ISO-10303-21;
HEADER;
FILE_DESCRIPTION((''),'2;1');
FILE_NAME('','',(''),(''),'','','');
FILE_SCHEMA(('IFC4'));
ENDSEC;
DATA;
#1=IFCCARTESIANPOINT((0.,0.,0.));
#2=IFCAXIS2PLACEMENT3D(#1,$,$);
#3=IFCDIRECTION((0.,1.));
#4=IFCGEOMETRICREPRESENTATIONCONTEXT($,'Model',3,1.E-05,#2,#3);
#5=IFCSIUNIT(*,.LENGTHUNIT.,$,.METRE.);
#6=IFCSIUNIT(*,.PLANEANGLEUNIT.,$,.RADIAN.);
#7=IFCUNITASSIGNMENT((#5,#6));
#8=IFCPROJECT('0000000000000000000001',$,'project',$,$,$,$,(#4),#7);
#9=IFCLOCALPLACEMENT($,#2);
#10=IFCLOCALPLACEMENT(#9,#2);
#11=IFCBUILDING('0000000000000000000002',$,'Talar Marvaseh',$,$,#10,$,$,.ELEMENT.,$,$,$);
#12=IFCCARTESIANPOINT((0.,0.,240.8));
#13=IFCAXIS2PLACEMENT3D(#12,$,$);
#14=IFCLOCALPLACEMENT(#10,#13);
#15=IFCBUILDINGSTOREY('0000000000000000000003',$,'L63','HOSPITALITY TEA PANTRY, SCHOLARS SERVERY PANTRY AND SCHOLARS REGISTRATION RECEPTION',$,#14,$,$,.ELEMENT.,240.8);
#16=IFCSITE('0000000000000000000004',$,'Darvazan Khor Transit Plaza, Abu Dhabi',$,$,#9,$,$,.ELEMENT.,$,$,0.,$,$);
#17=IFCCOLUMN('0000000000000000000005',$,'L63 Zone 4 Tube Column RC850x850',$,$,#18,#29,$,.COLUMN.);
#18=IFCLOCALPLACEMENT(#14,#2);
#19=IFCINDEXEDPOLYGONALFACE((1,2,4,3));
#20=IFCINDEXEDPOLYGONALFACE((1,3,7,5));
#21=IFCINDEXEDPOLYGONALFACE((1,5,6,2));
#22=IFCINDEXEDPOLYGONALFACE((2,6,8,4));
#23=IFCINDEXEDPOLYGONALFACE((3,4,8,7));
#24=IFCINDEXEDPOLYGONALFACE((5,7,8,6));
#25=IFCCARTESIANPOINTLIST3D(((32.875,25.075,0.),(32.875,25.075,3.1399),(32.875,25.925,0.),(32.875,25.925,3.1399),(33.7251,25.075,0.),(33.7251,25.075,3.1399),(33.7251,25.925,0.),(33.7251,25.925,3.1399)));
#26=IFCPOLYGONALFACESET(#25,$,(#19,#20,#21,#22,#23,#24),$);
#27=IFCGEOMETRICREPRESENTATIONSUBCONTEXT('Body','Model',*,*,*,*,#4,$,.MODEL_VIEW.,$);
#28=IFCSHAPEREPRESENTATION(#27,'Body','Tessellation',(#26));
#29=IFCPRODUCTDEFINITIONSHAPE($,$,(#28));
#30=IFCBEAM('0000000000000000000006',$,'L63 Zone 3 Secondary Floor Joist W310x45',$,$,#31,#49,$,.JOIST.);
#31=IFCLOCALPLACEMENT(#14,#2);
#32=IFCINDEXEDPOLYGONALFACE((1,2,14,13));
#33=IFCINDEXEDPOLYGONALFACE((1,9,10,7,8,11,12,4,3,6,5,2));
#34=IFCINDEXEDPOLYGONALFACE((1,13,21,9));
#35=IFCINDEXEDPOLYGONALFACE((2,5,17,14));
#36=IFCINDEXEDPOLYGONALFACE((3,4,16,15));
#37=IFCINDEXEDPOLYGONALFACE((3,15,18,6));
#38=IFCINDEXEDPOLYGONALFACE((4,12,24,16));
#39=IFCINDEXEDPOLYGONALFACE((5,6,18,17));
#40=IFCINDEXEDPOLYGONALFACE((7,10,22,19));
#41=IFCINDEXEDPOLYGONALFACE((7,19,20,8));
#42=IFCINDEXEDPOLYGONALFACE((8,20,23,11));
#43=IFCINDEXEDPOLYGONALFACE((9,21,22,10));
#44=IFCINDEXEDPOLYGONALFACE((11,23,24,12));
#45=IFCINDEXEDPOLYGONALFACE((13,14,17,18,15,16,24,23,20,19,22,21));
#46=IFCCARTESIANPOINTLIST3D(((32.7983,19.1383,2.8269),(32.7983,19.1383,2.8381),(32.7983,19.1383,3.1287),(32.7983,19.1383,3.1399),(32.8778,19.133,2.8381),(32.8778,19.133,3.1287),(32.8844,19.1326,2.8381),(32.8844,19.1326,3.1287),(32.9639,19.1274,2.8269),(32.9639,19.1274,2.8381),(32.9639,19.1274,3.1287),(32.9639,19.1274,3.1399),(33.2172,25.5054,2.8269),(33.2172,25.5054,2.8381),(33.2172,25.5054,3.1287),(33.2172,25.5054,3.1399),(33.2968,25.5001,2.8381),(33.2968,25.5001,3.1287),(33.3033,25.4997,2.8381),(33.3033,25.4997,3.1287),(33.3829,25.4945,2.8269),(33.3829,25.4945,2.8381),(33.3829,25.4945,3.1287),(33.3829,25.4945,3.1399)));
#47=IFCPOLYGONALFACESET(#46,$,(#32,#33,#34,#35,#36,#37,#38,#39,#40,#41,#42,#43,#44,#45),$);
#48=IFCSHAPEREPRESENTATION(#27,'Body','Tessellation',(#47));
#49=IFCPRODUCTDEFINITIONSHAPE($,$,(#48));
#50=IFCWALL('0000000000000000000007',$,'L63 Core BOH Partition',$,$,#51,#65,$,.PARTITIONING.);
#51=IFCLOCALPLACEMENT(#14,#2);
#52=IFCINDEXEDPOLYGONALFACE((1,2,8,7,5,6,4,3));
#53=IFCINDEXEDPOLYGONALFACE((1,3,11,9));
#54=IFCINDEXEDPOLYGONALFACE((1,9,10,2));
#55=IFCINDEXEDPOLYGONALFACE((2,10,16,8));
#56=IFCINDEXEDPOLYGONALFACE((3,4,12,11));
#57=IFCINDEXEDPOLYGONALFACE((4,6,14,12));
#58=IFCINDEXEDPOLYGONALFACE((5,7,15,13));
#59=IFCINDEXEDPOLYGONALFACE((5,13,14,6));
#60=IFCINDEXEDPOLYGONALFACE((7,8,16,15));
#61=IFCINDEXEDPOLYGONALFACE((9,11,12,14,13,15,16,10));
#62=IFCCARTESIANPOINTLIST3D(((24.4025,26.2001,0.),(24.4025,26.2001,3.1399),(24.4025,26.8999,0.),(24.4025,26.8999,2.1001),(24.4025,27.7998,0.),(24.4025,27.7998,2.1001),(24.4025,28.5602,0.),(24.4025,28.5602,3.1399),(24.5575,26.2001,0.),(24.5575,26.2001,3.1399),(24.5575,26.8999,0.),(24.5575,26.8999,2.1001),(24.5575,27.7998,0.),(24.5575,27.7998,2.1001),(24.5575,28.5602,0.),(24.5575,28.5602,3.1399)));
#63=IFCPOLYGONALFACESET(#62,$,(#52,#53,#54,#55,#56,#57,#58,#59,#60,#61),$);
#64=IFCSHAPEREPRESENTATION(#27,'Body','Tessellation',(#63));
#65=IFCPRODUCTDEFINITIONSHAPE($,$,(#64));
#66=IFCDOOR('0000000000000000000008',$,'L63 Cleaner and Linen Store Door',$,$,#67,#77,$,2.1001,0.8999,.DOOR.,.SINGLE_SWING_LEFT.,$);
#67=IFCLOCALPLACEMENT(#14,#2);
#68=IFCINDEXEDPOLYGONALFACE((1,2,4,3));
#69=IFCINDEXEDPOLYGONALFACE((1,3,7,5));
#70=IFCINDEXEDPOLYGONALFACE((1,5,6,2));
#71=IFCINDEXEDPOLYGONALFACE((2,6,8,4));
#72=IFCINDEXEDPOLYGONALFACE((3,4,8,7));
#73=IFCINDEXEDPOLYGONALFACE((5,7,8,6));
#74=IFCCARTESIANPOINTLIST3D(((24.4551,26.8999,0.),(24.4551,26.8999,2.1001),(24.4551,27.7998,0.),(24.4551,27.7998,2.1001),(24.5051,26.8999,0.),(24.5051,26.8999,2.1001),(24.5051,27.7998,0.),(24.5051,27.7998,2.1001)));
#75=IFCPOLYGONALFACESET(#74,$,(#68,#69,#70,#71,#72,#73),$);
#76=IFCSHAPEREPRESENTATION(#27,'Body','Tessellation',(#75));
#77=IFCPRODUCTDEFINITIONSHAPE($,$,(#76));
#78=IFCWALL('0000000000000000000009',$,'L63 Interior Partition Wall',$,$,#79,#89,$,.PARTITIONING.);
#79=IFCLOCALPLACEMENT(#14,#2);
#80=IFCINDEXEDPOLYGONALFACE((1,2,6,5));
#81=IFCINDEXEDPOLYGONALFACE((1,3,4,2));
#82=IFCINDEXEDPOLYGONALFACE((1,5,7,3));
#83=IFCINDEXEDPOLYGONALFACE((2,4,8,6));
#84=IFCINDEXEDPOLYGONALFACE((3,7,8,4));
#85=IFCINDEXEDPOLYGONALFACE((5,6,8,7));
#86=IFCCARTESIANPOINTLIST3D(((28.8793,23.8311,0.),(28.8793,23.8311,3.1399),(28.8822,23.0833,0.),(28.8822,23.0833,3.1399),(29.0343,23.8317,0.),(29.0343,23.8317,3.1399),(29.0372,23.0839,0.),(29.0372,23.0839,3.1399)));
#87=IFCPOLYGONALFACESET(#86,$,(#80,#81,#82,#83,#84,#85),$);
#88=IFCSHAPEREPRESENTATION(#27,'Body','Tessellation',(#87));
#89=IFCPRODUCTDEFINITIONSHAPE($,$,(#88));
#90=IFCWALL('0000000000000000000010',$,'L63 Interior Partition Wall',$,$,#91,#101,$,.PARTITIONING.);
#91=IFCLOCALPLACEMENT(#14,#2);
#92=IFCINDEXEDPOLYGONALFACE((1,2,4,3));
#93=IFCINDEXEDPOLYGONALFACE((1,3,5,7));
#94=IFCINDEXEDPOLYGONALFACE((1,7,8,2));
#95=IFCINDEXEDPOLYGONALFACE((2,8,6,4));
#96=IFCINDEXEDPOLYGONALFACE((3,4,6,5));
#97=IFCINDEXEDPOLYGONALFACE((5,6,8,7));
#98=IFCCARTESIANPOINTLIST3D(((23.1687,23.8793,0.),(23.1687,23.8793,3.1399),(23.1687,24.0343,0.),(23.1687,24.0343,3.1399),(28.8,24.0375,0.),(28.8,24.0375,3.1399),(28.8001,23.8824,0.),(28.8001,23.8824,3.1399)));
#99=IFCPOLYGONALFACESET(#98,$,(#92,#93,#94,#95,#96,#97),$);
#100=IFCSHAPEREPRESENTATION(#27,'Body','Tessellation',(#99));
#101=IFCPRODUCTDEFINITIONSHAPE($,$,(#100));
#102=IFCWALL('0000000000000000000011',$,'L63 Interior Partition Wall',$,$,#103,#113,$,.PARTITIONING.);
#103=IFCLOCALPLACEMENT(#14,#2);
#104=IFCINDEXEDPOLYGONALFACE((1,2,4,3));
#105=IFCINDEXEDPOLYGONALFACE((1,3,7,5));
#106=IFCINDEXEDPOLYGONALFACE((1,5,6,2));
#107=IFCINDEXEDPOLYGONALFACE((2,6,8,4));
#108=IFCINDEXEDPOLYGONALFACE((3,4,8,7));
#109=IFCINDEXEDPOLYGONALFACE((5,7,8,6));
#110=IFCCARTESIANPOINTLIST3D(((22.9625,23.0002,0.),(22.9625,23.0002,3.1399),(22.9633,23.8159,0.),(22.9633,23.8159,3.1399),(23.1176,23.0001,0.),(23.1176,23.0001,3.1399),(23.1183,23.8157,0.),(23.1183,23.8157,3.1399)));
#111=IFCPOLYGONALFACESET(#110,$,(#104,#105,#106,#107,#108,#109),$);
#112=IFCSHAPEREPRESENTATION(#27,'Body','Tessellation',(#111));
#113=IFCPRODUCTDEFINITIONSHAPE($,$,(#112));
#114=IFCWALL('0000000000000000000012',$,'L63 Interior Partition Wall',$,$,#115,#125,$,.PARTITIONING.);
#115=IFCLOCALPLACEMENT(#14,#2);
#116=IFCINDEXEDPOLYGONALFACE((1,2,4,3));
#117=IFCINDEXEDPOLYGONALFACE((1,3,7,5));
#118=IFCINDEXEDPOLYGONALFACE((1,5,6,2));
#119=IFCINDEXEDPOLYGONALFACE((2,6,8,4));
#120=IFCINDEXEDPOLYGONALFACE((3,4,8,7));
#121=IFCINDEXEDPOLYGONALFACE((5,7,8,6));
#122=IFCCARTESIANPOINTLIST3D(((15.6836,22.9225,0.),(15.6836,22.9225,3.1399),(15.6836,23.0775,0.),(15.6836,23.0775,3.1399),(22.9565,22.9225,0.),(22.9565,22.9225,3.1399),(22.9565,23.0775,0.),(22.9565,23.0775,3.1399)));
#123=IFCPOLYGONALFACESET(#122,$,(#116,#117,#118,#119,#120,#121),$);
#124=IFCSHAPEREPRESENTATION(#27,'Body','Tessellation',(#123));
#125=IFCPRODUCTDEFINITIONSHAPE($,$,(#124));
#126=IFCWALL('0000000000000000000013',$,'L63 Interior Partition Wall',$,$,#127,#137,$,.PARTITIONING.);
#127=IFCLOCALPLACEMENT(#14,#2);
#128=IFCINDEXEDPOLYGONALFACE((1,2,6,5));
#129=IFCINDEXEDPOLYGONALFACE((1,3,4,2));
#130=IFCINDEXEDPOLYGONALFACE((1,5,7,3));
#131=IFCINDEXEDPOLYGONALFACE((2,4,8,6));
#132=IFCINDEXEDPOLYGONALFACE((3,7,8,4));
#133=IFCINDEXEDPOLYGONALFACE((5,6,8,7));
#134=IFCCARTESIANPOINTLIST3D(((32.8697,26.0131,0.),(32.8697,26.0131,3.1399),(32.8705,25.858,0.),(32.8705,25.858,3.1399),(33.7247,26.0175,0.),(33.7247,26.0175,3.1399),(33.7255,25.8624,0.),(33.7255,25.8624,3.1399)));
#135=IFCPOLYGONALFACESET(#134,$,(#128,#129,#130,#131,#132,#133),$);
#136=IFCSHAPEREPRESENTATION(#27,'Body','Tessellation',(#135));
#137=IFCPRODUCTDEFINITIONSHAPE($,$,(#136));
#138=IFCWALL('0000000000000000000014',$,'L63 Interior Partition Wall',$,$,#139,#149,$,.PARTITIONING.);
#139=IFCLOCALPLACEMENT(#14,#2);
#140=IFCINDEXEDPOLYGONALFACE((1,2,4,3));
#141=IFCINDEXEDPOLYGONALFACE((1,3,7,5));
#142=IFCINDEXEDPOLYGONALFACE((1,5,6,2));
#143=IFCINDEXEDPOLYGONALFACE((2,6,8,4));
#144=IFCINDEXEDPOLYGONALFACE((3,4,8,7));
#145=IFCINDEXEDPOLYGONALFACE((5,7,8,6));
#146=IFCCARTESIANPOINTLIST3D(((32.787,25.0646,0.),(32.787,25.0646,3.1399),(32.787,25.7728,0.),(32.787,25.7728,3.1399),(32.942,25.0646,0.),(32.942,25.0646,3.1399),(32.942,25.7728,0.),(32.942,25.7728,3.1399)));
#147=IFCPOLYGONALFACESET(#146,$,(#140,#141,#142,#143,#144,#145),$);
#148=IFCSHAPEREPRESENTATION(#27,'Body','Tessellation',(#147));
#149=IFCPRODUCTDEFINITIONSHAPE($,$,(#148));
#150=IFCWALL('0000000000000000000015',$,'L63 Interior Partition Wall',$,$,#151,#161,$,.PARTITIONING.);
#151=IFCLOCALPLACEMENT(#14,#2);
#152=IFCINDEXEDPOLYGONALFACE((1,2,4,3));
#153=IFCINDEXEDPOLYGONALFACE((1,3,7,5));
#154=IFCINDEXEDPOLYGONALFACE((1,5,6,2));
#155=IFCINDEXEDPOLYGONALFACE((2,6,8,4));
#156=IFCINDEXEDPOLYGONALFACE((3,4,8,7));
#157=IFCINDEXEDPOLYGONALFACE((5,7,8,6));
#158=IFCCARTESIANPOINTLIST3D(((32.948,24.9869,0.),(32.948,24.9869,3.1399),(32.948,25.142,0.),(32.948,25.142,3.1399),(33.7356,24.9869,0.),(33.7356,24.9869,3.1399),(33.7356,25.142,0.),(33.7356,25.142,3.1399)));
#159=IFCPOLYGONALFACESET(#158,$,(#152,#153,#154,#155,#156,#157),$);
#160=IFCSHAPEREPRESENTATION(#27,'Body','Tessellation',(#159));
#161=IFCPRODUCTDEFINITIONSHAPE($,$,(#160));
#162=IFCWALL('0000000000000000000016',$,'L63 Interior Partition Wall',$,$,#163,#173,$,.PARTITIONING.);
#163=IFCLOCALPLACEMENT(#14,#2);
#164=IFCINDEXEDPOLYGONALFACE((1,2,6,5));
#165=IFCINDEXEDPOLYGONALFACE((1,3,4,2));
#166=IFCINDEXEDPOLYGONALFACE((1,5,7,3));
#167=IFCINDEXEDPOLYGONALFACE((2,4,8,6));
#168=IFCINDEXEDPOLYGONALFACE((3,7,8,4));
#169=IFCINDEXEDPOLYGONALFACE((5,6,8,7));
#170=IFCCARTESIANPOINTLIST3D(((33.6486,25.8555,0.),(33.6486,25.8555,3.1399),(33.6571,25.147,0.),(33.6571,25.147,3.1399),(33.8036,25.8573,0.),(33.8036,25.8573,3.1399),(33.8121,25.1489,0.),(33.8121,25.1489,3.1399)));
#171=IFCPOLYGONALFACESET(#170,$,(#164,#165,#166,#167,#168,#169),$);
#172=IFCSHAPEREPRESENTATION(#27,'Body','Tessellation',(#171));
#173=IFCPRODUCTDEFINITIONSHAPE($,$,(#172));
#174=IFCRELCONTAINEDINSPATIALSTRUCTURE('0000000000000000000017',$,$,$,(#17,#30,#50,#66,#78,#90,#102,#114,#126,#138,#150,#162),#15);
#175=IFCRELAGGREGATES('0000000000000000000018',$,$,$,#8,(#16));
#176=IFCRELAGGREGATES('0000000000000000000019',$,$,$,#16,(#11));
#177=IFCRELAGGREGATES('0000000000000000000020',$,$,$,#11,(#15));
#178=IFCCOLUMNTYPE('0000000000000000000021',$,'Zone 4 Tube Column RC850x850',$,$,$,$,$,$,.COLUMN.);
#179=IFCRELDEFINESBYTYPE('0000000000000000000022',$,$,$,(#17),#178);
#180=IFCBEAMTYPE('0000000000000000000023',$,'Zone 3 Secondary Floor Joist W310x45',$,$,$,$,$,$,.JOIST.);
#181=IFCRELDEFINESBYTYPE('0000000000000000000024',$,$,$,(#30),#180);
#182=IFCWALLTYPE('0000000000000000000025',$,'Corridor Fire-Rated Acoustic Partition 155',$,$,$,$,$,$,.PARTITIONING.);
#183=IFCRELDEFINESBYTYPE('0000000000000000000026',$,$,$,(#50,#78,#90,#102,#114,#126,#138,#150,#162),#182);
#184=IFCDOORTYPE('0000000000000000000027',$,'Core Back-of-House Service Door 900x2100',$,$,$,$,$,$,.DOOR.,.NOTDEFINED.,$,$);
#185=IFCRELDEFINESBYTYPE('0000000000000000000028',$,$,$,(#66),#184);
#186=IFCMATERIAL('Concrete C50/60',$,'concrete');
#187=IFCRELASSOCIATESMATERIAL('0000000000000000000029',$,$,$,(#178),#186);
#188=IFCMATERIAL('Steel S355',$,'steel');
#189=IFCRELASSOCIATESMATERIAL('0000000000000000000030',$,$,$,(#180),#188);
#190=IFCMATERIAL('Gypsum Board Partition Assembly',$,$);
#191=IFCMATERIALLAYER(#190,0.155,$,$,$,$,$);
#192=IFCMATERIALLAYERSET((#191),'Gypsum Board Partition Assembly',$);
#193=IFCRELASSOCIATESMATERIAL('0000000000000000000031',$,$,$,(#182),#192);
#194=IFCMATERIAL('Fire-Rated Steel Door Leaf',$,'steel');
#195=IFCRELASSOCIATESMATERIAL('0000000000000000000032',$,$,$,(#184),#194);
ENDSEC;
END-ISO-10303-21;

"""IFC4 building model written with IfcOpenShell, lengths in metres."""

from ifc_helpers import new_model, si_unit, direction, frame, frame_2d, origin, origin_2d, place, context, subcontext, project, spatial, rectangle, i_section, extrude, source, transform, mapped, material, layer, layer_set, material_profile, profile_set, type_object, type_shapes, element, fill, save


model = new_model("IFC4")

# Units and contexts
model_context = context("Model", 3, precision=1e-05, world=origin(), true_north=direction((0.0, 1.0)))
body_context = subcontext(model_context, "Body", "Model", "MODEL_VIEW")
ifc_project = project(units=[si_unit("LENGTHUNIT", "METRE"), si_unit("PLANEANGLEUNIT", "RADIAN")], contexts=[model_context])

# Site, building, storey
site_placement = place(None, origin())
site = spatial("IfcSite", under=ifc_project, at=site_placement, Name="Darvazan Khor Transit Plaza, Abu Dhabi", CompositionType="ELEMENT", RefElevation=0.0)
building_placement = place(site_placement, origin())
building = spatial("IfcBuilding", under=site, at=building_placement, Name="Talar Marvaseh", CompositionType="ELEMENT")
storey_placement = place(building_placement, frame((0.0, 0.0, 240.8)))
storey = spatial("IfcBuildingStorey", under=building, at=storey_placement, Name="L63", Description="HOSPITALITY TEA PANTRY, SCHOLARS SERVERY PANTRY AND SCHOLARS REGISTRATION RECEPTION", CompositionType="ELEMENT", Elevation=240.8)

# Column
ifc_material_1 = material(Name="Concrete C50/60", Category="concrete")
ifc_material_profile_1 = material_profile(ifc_material_1, rectangle(XDim=0.8501, YDim=0.8501, at=origin_2d()), Name="RC850x850")
ifc_profile_set_1 = profile_set([ifc_material_profile_1], Name="Concrete C50/60")
column_type = type_object("IfcColumnType", Name="Zone 4 Tube Column RC850x850", PredefinedType="COLUMN", material=ifc_profile_set_1)
column_placement = place(storey_placement, frame((33.3, 25.5, 0.0), z_axis=(0.0, 0.0, 1.0), x_axis=(1.0, 0.0, 0.0)))
element("IfcColumn", 1, at=column_placement, inside=storey, type_object=column_type, Name="L63 Zone 4 Tube Column RC850x850", PredefinedType="COLUMN", context=body_context, shape_type="SweptSolid", body=[
    extrude(rectangle(XDim=0.8501, YDim=0.8501, at=origin_2d()), origin(), (0.0, 0.0, 1.0), 3.1399),
])

# Beam
ifc_material_2 = material(Name="Steel S355", Category="steel")
ifc_material_profile_2 = material_profile(ifc_material_2, i_section(OverallWidth=0.166, OverallDepth=0.313, WebThickness=0.0066, FlangeThickness=0.0112, at=origin_2d()), Name="W310x45")
ifc_profile_set_2 = profile_set([ifc_material_profile_2], Name="Steel S355")
beam_type = type_object("IfcBeamType", Name="Zone 3 Secondary Floor Joist W310x45", PredefinedType="JOIST", material=ifc_profile_set_2)
beam_placement = place(storey_placement, frame((32.8811, 19.1328, 2.9834), z_axis=(0.065656, 0.997842, 0.0), x_axis=(-0.997842, 0.065656, 0.0)))
element("IfcBeam", 2, at=beam_placement, inside=storey, type_object=beam_type, Name="L63 Zone 3 Secondary Floor Joist W310x45", PredefinedType="JOIST", context=body_context, shape_type="SweptSolid", body=[
    extrude(i_section(OverallWidth=0.166, OverallDepth=0.313, WebThickness=0.0066, FlangeThickness=0.0112, at=origin_2d()), origin(), (0.0, 0.0, 1.0), 6.3809),
])

# Wall, opening, door
ifc_material_3 = material(Name="Gypsum Board Partition Assembly")
ifc_layer_1 = layer(ifc_material_3, 0.155)
ifc_layer_set_1 = layer_set([ifc_layer_1], Name="Gypsum Board Partition Assembly")
wall_type_1 = type_object("IfcWallType", Name="Corridor Fire-Rated Acoustic Partition 155", PredefinedType="PARTITIONING", material=ifc_layer_set_1)
wall_1_placement = place(storey_placement, frame((24.48, 26.2, 0.0), z_axis=(0.0, 0.0, 1.0), x_axis=(0.0, 1.0, 0.0)))
wall_1 = element("IfcWall", 3, at=wall_1_placement, inside=storey, type_object=wall_type_1, Name="L63 Core BOH Partition", PredefinedType="PARTITIONING", context=body_context, shape_type="SweptSolid", body=[
    extrude(rectangle(XDim=2.3601, YDim=0.155, at=frame_2d((1.1802, 0.0))), origin(), (0.0, 0.0, 1.0), 3.1399),
])
opening_1_placement = place(wall_1_placement, frame((0.7, 0.0, 0.0)))
opening_1 = element("IfcOpeningElement", 4, at=opening_1_placement, cuts=wall_1, PredefinedType="OPENING", context=body_context, shape_type="SweptSolid", body=[
    extrude(rectangle(XDim=0.8999, YDim=2.1001, at=frame_2d((0.45, 1.05))), frame((0.0, 0.0874, 0.0), z_axis=(0.0, -1.0, 0.0), x_axis=(1.0, 0.0, 0.0)), (0.0, 0.0, 1.0), 0.175),
])
ifc_material_4 = material(Name="Fire-Rated Steel Door Leaf", Category="steel")
door_type_1 = type_object("IfcDoorType", Name="Core Back-of-House Service Door 900x2100", OperationType="NOTDEFINED", PredefinedType="DOOR", material=ifc_material_4)
shared_shape_1 = source(origin(), body_context, "Body", "SweptSolid", [
    extrude(rectangle(XDim=0.8999, YDim=2.1001, at=frame_2d((0.45, 1.05))), frame((0.0, 0.0249, 0.0), z_axis=(0.0, -1.0, 0.0), x_axis=(1.0, 0.0, 0.0)), (0.0, 0.0, 1.0), 0.05),
])
type_shapes(door_type_1, [shared_shape_1])
door_1_placement = place(opening_1_placement, origin())
door_1 = element("IfcDoor", 5, at=door_1_placement, inside=storey, type_object=door_type_1, Name="L63 Cleaner and Linen Store Door", OperationType="SINGLE_SWING_LEFT", OverallHeight=2.1001, OverallWidth=0.8999, PredefinedType="DOOR", context=body_context, shape_type="MappedRepresentation", body=[
    mapped(shared_shape_1, transform((0.0, 0.0, 0.0), x_axis=(1.0, 0.0, 0.0), y_axis=(0.0, 1.0, 0.0), z_axis=(0.0, 0.0, 1.0), scale=1.0)),
])
fill(opening_1, door_1)

# Walls
wall_2_placement = place(storey_placement, frame((28.9597, 23.0835, 0.0), z_axis=(0.0, 0.0, 1.0), x_axis=(-0.003918, 0.999992, 0.0)))
element("IfcWall", 6, at=wall_2_placement, inside=storey, type_object=wall_type_1, Name="L63 Interior Partition Wall", PredefinedType="PARTITIONING", context=body_context, shape_type="SweptSolid", body=[
    extrude(rectangle(XDim=0.7478, YDim=0.155, at=frame_2d((0.374, 0.0))), origin(), (0.0, 0.0, 1.0), 3.1399),
])
wall_3_placement = place(storey_placement, frame((28.8, 23.96, 0.0), z_axis=(0.0, 0.0, 1.0), x_axis=(-1.0, -0.000564, 0.0)))
element("IfcWall", 7, at=wall_3_placement, inside=storey, type_object=wall_type_1, Name="L63 Interior Partition Wall", PredefinedType="PARTITIONING", context=body_context, shape_type="SweptSolid", body=[
    extrude(rectangle(XDim=5.6313, YDim=0.155, at=frame_2d((2.8157, 0.0))), origin(), (0.0, 0.0, 1.0), 3.1399),
])
wall_4_placement = place(storey_placement, frame((23.0408, 23.8157, 0.0), z_axis=(0.0, 0.0, 1.0), x_axis=(-0.000898, -1.0, 0.0)))
element("IfcWall", 8, at=wall_4_placement, inside=storey, type_object=wall_type_1, Name="L63 Interior Partition Wall", PredefinedType="PARTITIONING", context=body_context, shape_type="SweptSolid", body=[
    extrude(rectangle(XDim=0.8157, YDim=0.155, at=frame_2d((0.4077, 0.0))), origin(), (0.0, 0.0, 1.0), 3.1399),
])
wall_5_placement = place(storey_placement, frame((22.9565, 23.0, 0.0), z_axis=(0.0, 0.0, 1.0), x_axis=(-1.0, 0.0, 0.0)))
element("IfcWall", 9, at=wall_5_placement, inside=storey, type_object=wall_type_1, Name="L63 Interior Partition Wall", PredefinedType="PARTITIONING", context=body_context, shape_type="SweptSolid", body=[
    extrude(rectangle(XDim=7.2729, YDim=0.155, at=frame_2d((3.6365, 0.0))), origin(), (0.0, 0.0, 1.0), 3.1399),
])
wall_6_placement = place(storey_placement, frame((33.7251, 25.9399, 0.0), z_axis=(0.0, 0.0, 1.0), x_axis=(-0.999987, -0.00514, 0.0)))
element("IfcWall", 10, at=wall_6_placement, inside=storey, type_object=wall_type_1, Name="L63 Interior Partition Wall", PredefinedType="PARTITIONING", context=body_context, shape_type="SweptSolid", body=[
    extrude(rectangle(XDim=0.855, YDim=0.155, at=frame_2d((0.4275, 0.0))), origin(), (0.0, 0.0, 1.0), 3.1399),
])
wall_7_placement = place(storey_placement, frame((32.8645, 25.7727, 0.0), z_axis=(0.0, 0.0, 1.0), x_axis=(0.0, -1.0, 0.0)))
element("IfcWall", 11, at=wall_7_placement, inside=storey, type_object=wall_type_1, Name="L63 Interior Partition Wall", PredefinedType="PARTITIONING", context=body_context, shape_type="SweptSolid", body=[
    extrude(rectangle(XDim=0.7083, YDim=0.155, at=frame_2d((0.354, 0.0))), origin(), (0.0, 0.0, 1.0), 3.1399),
])
wall_8_placement = place(storey_placement, frame((32.948, 25.0645, 0.0), z_axis=(0.0, 0.0, 1.0), x_axis=(1.0, 0.0, 0.0)))
element("IfcWall", 12, at=wall_8_placement, inside=storey, type_object=wall_type_1, Name="L63 Interior Partition Wall", PredefinedType="PARTITIONING", context=body_context, shape_type="SweptSolid", body=[
    extrude(rectangle(XDim=0.7876, YDim=0.155, at=frame_2d((0.3938, 0.0))), origin(), (0.0, 0.0, 1.0), 3.1399),
])
wall_9_placement = place(storey_placement, frame((33.7346, 25.1479, 0.0), z_axis=(0.0, 0.0, 1.0), x_axis=(-0.01206, 0.999927, 0.0)))
element("IfcWall", 13, at=wall_9_placement, inside=storey, type_object=wall_type_1, Name="L63 Interior Partition Wall", PredefinedType="PARTITIONING", context=body_context, shape_type="SweptSolid", body=[
    extrude(rectangle(XDim=0.7085, YDim=0.155, at=frame_2d((0.3542, 0.0))), origin(), (0.0, 0.0, 1.0), 3.1399),
])

save(model, "model.ifc")
